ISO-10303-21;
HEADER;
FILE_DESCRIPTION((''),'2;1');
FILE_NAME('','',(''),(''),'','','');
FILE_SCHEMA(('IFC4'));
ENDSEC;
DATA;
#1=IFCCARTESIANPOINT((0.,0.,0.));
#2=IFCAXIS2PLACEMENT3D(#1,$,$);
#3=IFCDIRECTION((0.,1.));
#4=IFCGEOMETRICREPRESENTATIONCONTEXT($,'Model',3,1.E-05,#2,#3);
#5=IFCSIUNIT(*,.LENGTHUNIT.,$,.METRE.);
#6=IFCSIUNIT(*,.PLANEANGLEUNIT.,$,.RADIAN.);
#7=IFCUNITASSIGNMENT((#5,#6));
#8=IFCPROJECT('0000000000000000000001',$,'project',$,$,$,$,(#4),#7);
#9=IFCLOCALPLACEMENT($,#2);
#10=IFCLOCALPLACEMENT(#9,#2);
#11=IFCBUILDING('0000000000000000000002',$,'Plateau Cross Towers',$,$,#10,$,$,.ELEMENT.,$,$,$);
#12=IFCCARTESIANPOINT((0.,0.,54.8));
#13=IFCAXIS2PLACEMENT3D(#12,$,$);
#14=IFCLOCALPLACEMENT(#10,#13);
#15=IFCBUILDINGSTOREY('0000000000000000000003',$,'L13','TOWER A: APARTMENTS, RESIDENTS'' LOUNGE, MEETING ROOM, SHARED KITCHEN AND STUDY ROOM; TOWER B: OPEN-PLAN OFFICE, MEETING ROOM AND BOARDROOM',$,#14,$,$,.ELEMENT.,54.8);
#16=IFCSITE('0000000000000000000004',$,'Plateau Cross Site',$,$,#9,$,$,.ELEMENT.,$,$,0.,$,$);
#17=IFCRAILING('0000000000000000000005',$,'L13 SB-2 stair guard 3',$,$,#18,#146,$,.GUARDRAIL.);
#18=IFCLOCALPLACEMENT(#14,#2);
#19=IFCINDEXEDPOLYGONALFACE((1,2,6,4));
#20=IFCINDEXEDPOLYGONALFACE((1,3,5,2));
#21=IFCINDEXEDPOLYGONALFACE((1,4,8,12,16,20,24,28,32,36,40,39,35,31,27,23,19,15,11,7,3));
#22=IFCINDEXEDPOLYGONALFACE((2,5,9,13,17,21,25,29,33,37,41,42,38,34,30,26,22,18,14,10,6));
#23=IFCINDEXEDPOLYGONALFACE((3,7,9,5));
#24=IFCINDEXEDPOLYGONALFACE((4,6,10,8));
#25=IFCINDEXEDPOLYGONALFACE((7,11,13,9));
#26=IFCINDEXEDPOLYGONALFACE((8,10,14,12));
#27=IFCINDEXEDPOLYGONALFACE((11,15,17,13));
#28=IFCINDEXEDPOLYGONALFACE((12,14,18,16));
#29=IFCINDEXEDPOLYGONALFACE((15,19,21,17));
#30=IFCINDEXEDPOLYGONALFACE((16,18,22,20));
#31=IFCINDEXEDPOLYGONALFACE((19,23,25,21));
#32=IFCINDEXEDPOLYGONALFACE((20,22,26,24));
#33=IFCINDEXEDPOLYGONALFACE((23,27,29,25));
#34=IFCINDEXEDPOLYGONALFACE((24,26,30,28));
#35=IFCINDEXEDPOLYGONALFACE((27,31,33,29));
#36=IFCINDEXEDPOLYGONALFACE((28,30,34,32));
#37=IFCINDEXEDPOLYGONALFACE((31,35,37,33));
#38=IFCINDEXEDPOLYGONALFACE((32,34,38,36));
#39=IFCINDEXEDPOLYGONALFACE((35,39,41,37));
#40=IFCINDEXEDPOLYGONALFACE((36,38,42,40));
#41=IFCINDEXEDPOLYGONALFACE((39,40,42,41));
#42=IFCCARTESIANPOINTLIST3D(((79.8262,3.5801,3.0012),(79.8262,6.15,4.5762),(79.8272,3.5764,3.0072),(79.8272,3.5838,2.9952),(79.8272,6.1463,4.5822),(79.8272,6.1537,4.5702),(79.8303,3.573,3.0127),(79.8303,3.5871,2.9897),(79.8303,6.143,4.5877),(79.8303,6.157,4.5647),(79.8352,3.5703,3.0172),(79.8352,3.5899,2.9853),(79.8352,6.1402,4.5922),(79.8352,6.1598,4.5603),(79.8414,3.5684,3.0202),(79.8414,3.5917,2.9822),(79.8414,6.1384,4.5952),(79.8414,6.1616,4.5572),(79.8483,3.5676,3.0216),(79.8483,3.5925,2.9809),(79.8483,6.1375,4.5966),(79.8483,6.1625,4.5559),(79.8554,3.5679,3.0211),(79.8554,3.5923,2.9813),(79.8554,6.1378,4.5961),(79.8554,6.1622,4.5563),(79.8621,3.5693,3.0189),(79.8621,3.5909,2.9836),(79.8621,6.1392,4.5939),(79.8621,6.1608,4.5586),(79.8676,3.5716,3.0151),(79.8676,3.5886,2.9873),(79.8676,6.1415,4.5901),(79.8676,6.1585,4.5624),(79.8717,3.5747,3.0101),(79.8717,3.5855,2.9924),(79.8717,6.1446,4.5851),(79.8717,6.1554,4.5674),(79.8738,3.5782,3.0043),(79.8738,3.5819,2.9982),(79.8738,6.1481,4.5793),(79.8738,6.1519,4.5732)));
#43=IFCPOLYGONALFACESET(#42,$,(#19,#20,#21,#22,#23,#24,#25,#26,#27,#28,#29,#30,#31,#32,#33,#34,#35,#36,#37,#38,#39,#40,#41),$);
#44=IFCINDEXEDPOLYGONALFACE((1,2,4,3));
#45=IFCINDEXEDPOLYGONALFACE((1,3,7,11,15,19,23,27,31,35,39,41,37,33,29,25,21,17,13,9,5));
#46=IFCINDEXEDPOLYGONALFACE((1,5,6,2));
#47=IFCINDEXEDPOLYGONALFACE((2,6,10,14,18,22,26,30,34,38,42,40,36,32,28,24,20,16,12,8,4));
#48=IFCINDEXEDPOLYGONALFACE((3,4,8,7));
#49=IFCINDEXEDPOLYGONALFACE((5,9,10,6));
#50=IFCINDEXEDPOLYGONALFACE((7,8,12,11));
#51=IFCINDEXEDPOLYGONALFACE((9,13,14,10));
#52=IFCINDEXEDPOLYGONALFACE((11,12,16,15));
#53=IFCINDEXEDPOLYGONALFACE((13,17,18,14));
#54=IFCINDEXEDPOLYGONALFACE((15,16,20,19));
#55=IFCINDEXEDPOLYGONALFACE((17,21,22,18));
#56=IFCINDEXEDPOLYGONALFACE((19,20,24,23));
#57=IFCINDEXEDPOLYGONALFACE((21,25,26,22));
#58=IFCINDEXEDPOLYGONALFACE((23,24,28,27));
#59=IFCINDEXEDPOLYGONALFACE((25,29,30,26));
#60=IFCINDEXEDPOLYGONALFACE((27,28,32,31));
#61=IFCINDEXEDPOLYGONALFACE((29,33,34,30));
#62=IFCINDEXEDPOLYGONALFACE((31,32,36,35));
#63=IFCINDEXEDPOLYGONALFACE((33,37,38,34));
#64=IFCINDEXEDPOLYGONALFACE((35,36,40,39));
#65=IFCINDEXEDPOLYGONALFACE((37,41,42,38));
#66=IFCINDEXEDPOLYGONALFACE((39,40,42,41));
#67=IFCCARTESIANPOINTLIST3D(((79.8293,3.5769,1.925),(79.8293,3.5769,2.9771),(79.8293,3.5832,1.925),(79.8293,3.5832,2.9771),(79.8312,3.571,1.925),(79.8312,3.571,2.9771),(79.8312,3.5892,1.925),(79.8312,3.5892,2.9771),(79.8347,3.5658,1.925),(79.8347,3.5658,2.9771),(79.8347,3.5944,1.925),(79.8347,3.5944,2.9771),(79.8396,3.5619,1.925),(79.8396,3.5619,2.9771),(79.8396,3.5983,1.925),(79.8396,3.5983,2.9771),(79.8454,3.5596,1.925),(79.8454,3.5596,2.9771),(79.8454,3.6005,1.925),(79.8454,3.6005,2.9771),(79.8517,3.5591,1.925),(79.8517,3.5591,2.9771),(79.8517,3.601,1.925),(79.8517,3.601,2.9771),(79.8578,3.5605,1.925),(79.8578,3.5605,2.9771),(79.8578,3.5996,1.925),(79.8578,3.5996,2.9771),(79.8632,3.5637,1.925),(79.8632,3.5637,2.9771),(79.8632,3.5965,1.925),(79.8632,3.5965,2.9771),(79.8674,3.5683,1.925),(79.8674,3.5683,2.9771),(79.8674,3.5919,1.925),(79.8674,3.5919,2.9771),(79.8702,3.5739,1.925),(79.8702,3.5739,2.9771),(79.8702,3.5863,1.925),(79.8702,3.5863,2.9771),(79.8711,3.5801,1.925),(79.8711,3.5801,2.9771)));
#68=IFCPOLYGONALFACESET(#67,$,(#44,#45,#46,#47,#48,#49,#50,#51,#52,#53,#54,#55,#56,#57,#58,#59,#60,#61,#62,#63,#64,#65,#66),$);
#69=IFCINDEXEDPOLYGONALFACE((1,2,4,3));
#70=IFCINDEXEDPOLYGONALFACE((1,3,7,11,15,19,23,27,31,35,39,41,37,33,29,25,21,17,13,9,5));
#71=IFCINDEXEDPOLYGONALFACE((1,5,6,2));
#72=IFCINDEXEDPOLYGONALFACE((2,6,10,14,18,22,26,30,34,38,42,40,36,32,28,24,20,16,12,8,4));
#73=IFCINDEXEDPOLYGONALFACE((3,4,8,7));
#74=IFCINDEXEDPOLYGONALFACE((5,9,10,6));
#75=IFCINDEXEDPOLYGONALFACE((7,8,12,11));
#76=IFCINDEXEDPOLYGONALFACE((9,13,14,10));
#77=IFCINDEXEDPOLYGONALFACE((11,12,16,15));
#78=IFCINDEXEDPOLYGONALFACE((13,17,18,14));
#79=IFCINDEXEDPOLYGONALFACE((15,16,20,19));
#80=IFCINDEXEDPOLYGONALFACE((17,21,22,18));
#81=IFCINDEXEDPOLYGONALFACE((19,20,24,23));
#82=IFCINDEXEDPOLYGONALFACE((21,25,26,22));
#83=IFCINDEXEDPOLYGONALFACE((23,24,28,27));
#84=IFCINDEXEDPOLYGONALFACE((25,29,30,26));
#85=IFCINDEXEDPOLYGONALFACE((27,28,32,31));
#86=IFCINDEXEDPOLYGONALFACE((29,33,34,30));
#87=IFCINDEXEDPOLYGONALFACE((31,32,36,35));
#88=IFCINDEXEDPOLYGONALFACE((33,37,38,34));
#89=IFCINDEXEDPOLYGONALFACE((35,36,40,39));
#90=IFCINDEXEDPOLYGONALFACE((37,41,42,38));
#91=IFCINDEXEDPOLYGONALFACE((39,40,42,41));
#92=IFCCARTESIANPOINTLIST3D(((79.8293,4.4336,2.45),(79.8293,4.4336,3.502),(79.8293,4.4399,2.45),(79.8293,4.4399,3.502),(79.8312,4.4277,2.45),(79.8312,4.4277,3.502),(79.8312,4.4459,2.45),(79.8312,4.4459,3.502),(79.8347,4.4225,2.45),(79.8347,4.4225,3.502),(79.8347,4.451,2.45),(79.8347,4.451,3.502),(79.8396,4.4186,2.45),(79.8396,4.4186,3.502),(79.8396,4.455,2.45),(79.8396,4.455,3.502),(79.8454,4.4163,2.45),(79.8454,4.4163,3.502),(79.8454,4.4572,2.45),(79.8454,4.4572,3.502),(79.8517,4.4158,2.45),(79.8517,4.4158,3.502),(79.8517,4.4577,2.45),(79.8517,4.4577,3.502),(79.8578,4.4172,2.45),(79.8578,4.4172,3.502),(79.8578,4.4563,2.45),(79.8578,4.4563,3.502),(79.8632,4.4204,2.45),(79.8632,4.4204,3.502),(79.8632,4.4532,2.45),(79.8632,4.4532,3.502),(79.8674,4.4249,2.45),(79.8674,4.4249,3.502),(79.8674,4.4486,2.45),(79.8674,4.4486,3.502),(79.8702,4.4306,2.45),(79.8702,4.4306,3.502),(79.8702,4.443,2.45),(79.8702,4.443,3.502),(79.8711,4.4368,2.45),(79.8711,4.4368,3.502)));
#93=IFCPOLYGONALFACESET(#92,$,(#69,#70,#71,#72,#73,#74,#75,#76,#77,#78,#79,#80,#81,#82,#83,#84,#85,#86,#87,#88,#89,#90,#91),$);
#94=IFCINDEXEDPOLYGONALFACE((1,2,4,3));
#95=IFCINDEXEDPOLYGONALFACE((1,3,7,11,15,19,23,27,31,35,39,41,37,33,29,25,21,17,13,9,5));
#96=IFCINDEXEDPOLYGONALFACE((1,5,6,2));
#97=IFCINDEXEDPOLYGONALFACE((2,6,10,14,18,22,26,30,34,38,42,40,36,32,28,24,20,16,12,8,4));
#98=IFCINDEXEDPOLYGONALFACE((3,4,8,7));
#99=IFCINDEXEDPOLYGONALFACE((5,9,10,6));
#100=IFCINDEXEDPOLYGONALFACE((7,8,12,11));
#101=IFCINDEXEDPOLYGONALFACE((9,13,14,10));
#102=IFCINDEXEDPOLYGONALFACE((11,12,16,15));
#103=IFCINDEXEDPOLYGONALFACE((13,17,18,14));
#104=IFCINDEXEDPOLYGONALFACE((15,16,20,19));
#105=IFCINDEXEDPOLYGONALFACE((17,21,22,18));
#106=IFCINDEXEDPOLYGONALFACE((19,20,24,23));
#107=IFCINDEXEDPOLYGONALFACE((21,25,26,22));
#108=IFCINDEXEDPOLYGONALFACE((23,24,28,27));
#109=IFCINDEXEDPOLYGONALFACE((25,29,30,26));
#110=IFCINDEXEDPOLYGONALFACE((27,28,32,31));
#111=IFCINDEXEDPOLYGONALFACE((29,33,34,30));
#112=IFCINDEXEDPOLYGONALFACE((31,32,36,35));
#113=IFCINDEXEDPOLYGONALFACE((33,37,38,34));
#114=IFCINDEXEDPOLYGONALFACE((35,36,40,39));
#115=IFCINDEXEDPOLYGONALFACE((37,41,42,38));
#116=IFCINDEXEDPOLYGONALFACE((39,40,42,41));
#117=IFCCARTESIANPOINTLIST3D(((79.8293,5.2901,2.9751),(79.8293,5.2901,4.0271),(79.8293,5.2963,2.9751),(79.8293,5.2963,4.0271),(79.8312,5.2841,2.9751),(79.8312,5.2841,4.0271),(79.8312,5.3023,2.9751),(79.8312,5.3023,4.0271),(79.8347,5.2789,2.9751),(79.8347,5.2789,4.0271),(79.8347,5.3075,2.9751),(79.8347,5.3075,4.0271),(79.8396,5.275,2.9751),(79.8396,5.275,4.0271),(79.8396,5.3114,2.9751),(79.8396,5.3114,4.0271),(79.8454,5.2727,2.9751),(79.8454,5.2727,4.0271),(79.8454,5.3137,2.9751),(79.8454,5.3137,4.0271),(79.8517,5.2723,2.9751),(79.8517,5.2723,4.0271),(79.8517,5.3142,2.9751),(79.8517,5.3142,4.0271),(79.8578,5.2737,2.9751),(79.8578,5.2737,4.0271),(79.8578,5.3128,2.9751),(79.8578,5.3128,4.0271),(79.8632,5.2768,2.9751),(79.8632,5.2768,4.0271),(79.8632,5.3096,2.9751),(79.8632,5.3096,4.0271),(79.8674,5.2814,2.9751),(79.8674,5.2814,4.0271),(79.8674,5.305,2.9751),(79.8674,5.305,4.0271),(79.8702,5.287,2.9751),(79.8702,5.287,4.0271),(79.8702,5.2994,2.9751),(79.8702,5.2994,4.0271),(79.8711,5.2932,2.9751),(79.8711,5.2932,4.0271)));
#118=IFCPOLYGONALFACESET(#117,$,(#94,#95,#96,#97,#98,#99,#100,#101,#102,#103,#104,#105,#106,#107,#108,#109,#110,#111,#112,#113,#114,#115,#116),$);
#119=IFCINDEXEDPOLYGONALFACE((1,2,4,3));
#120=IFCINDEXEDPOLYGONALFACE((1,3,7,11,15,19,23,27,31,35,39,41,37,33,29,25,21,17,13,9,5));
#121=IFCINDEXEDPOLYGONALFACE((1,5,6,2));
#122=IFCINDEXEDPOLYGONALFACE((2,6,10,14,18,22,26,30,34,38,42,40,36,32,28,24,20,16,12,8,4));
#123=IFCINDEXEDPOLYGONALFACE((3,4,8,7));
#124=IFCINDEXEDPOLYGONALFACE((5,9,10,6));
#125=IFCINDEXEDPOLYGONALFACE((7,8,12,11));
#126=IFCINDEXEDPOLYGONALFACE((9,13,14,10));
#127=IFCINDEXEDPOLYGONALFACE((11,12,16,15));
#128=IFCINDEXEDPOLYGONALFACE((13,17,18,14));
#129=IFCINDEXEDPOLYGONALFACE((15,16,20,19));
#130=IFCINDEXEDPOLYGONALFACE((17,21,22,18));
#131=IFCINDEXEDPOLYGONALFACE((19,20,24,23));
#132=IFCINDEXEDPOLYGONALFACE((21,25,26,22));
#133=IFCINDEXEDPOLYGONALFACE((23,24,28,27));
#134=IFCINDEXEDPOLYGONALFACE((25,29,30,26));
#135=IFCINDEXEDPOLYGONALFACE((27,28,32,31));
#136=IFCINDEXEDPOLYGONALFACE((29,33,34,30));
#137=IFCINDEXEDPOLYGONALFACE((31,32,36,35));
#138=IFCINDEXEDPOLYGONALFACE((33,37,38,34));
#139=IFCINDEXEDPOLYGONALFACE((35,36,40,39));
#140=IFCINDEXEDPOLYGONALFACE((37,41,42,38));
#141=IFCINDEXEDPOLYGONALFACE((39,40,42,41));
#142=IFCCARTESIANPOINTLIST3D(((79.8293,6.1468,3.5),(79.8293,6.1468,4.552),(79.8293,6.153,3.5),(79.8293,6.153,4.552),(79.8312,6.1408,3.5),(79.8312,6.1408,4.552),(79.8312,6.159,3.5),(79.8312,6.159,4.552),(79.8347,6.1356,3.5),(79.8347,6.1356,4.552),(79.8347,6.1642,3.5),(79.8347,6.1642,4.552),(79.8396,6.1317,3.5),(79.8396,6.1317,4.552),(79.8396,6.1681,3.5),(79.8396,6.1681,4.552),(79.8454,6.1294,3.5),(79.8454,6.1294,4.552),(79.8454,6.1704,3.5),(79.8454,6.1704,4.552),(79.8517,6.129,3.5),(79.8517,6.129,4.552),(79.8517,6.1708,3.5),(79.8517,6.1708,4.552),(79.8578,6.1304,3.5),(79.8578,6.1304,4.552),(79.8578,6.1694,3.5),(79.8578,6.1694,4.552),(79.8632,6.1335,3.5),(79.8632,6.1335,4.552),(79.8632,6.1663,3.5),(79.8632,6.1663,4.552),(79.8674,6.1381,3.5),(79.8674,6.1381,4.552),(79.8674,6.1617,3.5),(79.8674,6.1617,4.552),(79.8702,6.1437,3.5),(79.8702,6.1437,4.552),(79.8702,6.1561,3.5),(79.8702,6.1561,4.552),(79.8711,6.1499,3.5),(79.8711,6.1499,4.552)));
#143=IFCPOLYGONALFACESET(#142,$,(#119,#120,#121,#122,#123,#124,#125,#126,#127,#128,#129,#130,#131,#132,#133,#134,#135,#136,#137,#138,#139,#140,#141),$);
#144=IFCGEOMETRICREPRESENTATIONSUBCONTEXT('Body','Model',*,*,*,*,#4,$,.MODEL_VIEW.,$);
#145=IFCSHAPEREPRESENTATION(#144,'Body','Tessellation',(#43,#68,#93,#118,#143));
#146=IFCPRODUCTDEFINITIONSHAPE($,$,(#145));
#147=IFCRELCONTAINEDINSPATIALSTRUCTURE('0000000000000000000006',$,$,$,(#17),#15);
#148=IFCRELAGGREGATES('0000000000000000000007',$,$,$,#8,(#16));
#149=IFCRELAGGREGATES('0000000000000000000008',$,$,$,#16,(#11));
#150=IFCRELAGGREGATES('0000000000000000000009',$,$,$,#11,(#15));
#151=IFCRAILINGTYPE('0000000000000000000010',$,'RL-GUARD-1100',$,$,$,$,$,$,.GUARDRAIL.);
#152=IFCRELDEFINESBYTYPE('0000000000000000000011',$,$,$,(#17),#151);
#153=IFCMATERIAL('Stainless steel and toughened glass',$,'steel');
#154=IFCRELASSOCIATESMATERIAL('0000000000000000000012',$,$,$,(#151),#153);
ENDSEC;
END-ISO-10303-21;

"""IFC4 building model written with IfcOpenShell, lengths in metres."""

from ifc_helpers import new_model, si_unit, direction, frame, origin, origin_2d, place, context, subcontext, project, spatial, circle, extrude, material, type_object, element, save


model = new_model("IFC4")

# Units and contexts
model_context = context("Model", 3, precision=1e-05, world=origin(), true_north=direction((0.0, 1.0)))
body_context = subcontext(model_context, "Body", "Model", "MODEL_VIEW")
ifc_project = project(units=[si_unit("LENGTHUNIT", "METRE"), si_unit("PLANEANGLEUNIT", "RADIAN")], contexts=[model_context])

# Site, building, storey
site_placement = place(None, origin())
site = spatial("IfcSite", under=ifc_project, at=site_placement, Name="Plateau Cross Site", CompositionType="ELEMENT", RefElevation=0.0)
building_placement = place(site_placement, origin())
building = spatial("IfcBuilding", under=site, at=building_placement, Name="Plateau Cross Towers", CompositionType="ELEMENT")
storey_placement = place(building_placement, frame((0.0, 0.0, 54.8)))
storey = spatial("IfcBuildingStorey", under=building, at=storey_placement, Name="L13", Description="TOWER A: APARTMENTS, RESIDENTS' LOUNGE, MEETING ROOM, SHARED KITCHEN AND STUDY ROOM; TOWER B: OPEN-PLAN OFFICE, MEETING ROOM AND BOARDROOM", CompositionType="ELEMENT", Elevation=54.8)

# Railing
ifc_material_1 = material(Name="Stainless steel and toughened glass", Category="steel")
railing_type_1 = type_object("IfcRailingType", Name="RL-GUARD-1100", PredefinedType="GUARDRAIL", material=ifc_material_1)
railing_1_placement = place(storey_placement, frame((79.8501, 3.5801, 1.925)))
element("IfcRailing", 1, at=railing_1_placement, inside=storey, type_object=railing_type_1, Name="L13 SB-2 stair guard 3", PredefinedType="GUARDRAIL", context=body_context, shape_type="SweptSolid", body=[
    extrude(circle(Radius=0.0239, at=origin_2d()), frame((0.0, 0.0, 1.0762), z_axis=(0.0, 0.852616, 0.522537), x_axis=(-1.0, 0.0, 0.0)), (0.0, 0.0, 1.0), 3.0142),
    extrude(circle(Radius=0.021, at=origin_2d()), origin(), (0.0, 0.0, 1.0), 1.052),
    extrude(circle(Radius=0.021, at=origin_2d()), frame((0.0, 0.8567, 0.5249)), (0.0, 0.0, 1.0), 1.052),
    extrude(circle(Radius=0.021, at=origin_2d()), frame((0.0, 1.7131, 1.05)), (0.0, 0.0, 1.0), 1.052),
    extrude(circle(Radius=0.021, at=origin_2d()), frame((0.0, 2.5698, 1.575)), (0.0, 0.0, 1.0), 1.052),
])

save(model, "model.ifc")
